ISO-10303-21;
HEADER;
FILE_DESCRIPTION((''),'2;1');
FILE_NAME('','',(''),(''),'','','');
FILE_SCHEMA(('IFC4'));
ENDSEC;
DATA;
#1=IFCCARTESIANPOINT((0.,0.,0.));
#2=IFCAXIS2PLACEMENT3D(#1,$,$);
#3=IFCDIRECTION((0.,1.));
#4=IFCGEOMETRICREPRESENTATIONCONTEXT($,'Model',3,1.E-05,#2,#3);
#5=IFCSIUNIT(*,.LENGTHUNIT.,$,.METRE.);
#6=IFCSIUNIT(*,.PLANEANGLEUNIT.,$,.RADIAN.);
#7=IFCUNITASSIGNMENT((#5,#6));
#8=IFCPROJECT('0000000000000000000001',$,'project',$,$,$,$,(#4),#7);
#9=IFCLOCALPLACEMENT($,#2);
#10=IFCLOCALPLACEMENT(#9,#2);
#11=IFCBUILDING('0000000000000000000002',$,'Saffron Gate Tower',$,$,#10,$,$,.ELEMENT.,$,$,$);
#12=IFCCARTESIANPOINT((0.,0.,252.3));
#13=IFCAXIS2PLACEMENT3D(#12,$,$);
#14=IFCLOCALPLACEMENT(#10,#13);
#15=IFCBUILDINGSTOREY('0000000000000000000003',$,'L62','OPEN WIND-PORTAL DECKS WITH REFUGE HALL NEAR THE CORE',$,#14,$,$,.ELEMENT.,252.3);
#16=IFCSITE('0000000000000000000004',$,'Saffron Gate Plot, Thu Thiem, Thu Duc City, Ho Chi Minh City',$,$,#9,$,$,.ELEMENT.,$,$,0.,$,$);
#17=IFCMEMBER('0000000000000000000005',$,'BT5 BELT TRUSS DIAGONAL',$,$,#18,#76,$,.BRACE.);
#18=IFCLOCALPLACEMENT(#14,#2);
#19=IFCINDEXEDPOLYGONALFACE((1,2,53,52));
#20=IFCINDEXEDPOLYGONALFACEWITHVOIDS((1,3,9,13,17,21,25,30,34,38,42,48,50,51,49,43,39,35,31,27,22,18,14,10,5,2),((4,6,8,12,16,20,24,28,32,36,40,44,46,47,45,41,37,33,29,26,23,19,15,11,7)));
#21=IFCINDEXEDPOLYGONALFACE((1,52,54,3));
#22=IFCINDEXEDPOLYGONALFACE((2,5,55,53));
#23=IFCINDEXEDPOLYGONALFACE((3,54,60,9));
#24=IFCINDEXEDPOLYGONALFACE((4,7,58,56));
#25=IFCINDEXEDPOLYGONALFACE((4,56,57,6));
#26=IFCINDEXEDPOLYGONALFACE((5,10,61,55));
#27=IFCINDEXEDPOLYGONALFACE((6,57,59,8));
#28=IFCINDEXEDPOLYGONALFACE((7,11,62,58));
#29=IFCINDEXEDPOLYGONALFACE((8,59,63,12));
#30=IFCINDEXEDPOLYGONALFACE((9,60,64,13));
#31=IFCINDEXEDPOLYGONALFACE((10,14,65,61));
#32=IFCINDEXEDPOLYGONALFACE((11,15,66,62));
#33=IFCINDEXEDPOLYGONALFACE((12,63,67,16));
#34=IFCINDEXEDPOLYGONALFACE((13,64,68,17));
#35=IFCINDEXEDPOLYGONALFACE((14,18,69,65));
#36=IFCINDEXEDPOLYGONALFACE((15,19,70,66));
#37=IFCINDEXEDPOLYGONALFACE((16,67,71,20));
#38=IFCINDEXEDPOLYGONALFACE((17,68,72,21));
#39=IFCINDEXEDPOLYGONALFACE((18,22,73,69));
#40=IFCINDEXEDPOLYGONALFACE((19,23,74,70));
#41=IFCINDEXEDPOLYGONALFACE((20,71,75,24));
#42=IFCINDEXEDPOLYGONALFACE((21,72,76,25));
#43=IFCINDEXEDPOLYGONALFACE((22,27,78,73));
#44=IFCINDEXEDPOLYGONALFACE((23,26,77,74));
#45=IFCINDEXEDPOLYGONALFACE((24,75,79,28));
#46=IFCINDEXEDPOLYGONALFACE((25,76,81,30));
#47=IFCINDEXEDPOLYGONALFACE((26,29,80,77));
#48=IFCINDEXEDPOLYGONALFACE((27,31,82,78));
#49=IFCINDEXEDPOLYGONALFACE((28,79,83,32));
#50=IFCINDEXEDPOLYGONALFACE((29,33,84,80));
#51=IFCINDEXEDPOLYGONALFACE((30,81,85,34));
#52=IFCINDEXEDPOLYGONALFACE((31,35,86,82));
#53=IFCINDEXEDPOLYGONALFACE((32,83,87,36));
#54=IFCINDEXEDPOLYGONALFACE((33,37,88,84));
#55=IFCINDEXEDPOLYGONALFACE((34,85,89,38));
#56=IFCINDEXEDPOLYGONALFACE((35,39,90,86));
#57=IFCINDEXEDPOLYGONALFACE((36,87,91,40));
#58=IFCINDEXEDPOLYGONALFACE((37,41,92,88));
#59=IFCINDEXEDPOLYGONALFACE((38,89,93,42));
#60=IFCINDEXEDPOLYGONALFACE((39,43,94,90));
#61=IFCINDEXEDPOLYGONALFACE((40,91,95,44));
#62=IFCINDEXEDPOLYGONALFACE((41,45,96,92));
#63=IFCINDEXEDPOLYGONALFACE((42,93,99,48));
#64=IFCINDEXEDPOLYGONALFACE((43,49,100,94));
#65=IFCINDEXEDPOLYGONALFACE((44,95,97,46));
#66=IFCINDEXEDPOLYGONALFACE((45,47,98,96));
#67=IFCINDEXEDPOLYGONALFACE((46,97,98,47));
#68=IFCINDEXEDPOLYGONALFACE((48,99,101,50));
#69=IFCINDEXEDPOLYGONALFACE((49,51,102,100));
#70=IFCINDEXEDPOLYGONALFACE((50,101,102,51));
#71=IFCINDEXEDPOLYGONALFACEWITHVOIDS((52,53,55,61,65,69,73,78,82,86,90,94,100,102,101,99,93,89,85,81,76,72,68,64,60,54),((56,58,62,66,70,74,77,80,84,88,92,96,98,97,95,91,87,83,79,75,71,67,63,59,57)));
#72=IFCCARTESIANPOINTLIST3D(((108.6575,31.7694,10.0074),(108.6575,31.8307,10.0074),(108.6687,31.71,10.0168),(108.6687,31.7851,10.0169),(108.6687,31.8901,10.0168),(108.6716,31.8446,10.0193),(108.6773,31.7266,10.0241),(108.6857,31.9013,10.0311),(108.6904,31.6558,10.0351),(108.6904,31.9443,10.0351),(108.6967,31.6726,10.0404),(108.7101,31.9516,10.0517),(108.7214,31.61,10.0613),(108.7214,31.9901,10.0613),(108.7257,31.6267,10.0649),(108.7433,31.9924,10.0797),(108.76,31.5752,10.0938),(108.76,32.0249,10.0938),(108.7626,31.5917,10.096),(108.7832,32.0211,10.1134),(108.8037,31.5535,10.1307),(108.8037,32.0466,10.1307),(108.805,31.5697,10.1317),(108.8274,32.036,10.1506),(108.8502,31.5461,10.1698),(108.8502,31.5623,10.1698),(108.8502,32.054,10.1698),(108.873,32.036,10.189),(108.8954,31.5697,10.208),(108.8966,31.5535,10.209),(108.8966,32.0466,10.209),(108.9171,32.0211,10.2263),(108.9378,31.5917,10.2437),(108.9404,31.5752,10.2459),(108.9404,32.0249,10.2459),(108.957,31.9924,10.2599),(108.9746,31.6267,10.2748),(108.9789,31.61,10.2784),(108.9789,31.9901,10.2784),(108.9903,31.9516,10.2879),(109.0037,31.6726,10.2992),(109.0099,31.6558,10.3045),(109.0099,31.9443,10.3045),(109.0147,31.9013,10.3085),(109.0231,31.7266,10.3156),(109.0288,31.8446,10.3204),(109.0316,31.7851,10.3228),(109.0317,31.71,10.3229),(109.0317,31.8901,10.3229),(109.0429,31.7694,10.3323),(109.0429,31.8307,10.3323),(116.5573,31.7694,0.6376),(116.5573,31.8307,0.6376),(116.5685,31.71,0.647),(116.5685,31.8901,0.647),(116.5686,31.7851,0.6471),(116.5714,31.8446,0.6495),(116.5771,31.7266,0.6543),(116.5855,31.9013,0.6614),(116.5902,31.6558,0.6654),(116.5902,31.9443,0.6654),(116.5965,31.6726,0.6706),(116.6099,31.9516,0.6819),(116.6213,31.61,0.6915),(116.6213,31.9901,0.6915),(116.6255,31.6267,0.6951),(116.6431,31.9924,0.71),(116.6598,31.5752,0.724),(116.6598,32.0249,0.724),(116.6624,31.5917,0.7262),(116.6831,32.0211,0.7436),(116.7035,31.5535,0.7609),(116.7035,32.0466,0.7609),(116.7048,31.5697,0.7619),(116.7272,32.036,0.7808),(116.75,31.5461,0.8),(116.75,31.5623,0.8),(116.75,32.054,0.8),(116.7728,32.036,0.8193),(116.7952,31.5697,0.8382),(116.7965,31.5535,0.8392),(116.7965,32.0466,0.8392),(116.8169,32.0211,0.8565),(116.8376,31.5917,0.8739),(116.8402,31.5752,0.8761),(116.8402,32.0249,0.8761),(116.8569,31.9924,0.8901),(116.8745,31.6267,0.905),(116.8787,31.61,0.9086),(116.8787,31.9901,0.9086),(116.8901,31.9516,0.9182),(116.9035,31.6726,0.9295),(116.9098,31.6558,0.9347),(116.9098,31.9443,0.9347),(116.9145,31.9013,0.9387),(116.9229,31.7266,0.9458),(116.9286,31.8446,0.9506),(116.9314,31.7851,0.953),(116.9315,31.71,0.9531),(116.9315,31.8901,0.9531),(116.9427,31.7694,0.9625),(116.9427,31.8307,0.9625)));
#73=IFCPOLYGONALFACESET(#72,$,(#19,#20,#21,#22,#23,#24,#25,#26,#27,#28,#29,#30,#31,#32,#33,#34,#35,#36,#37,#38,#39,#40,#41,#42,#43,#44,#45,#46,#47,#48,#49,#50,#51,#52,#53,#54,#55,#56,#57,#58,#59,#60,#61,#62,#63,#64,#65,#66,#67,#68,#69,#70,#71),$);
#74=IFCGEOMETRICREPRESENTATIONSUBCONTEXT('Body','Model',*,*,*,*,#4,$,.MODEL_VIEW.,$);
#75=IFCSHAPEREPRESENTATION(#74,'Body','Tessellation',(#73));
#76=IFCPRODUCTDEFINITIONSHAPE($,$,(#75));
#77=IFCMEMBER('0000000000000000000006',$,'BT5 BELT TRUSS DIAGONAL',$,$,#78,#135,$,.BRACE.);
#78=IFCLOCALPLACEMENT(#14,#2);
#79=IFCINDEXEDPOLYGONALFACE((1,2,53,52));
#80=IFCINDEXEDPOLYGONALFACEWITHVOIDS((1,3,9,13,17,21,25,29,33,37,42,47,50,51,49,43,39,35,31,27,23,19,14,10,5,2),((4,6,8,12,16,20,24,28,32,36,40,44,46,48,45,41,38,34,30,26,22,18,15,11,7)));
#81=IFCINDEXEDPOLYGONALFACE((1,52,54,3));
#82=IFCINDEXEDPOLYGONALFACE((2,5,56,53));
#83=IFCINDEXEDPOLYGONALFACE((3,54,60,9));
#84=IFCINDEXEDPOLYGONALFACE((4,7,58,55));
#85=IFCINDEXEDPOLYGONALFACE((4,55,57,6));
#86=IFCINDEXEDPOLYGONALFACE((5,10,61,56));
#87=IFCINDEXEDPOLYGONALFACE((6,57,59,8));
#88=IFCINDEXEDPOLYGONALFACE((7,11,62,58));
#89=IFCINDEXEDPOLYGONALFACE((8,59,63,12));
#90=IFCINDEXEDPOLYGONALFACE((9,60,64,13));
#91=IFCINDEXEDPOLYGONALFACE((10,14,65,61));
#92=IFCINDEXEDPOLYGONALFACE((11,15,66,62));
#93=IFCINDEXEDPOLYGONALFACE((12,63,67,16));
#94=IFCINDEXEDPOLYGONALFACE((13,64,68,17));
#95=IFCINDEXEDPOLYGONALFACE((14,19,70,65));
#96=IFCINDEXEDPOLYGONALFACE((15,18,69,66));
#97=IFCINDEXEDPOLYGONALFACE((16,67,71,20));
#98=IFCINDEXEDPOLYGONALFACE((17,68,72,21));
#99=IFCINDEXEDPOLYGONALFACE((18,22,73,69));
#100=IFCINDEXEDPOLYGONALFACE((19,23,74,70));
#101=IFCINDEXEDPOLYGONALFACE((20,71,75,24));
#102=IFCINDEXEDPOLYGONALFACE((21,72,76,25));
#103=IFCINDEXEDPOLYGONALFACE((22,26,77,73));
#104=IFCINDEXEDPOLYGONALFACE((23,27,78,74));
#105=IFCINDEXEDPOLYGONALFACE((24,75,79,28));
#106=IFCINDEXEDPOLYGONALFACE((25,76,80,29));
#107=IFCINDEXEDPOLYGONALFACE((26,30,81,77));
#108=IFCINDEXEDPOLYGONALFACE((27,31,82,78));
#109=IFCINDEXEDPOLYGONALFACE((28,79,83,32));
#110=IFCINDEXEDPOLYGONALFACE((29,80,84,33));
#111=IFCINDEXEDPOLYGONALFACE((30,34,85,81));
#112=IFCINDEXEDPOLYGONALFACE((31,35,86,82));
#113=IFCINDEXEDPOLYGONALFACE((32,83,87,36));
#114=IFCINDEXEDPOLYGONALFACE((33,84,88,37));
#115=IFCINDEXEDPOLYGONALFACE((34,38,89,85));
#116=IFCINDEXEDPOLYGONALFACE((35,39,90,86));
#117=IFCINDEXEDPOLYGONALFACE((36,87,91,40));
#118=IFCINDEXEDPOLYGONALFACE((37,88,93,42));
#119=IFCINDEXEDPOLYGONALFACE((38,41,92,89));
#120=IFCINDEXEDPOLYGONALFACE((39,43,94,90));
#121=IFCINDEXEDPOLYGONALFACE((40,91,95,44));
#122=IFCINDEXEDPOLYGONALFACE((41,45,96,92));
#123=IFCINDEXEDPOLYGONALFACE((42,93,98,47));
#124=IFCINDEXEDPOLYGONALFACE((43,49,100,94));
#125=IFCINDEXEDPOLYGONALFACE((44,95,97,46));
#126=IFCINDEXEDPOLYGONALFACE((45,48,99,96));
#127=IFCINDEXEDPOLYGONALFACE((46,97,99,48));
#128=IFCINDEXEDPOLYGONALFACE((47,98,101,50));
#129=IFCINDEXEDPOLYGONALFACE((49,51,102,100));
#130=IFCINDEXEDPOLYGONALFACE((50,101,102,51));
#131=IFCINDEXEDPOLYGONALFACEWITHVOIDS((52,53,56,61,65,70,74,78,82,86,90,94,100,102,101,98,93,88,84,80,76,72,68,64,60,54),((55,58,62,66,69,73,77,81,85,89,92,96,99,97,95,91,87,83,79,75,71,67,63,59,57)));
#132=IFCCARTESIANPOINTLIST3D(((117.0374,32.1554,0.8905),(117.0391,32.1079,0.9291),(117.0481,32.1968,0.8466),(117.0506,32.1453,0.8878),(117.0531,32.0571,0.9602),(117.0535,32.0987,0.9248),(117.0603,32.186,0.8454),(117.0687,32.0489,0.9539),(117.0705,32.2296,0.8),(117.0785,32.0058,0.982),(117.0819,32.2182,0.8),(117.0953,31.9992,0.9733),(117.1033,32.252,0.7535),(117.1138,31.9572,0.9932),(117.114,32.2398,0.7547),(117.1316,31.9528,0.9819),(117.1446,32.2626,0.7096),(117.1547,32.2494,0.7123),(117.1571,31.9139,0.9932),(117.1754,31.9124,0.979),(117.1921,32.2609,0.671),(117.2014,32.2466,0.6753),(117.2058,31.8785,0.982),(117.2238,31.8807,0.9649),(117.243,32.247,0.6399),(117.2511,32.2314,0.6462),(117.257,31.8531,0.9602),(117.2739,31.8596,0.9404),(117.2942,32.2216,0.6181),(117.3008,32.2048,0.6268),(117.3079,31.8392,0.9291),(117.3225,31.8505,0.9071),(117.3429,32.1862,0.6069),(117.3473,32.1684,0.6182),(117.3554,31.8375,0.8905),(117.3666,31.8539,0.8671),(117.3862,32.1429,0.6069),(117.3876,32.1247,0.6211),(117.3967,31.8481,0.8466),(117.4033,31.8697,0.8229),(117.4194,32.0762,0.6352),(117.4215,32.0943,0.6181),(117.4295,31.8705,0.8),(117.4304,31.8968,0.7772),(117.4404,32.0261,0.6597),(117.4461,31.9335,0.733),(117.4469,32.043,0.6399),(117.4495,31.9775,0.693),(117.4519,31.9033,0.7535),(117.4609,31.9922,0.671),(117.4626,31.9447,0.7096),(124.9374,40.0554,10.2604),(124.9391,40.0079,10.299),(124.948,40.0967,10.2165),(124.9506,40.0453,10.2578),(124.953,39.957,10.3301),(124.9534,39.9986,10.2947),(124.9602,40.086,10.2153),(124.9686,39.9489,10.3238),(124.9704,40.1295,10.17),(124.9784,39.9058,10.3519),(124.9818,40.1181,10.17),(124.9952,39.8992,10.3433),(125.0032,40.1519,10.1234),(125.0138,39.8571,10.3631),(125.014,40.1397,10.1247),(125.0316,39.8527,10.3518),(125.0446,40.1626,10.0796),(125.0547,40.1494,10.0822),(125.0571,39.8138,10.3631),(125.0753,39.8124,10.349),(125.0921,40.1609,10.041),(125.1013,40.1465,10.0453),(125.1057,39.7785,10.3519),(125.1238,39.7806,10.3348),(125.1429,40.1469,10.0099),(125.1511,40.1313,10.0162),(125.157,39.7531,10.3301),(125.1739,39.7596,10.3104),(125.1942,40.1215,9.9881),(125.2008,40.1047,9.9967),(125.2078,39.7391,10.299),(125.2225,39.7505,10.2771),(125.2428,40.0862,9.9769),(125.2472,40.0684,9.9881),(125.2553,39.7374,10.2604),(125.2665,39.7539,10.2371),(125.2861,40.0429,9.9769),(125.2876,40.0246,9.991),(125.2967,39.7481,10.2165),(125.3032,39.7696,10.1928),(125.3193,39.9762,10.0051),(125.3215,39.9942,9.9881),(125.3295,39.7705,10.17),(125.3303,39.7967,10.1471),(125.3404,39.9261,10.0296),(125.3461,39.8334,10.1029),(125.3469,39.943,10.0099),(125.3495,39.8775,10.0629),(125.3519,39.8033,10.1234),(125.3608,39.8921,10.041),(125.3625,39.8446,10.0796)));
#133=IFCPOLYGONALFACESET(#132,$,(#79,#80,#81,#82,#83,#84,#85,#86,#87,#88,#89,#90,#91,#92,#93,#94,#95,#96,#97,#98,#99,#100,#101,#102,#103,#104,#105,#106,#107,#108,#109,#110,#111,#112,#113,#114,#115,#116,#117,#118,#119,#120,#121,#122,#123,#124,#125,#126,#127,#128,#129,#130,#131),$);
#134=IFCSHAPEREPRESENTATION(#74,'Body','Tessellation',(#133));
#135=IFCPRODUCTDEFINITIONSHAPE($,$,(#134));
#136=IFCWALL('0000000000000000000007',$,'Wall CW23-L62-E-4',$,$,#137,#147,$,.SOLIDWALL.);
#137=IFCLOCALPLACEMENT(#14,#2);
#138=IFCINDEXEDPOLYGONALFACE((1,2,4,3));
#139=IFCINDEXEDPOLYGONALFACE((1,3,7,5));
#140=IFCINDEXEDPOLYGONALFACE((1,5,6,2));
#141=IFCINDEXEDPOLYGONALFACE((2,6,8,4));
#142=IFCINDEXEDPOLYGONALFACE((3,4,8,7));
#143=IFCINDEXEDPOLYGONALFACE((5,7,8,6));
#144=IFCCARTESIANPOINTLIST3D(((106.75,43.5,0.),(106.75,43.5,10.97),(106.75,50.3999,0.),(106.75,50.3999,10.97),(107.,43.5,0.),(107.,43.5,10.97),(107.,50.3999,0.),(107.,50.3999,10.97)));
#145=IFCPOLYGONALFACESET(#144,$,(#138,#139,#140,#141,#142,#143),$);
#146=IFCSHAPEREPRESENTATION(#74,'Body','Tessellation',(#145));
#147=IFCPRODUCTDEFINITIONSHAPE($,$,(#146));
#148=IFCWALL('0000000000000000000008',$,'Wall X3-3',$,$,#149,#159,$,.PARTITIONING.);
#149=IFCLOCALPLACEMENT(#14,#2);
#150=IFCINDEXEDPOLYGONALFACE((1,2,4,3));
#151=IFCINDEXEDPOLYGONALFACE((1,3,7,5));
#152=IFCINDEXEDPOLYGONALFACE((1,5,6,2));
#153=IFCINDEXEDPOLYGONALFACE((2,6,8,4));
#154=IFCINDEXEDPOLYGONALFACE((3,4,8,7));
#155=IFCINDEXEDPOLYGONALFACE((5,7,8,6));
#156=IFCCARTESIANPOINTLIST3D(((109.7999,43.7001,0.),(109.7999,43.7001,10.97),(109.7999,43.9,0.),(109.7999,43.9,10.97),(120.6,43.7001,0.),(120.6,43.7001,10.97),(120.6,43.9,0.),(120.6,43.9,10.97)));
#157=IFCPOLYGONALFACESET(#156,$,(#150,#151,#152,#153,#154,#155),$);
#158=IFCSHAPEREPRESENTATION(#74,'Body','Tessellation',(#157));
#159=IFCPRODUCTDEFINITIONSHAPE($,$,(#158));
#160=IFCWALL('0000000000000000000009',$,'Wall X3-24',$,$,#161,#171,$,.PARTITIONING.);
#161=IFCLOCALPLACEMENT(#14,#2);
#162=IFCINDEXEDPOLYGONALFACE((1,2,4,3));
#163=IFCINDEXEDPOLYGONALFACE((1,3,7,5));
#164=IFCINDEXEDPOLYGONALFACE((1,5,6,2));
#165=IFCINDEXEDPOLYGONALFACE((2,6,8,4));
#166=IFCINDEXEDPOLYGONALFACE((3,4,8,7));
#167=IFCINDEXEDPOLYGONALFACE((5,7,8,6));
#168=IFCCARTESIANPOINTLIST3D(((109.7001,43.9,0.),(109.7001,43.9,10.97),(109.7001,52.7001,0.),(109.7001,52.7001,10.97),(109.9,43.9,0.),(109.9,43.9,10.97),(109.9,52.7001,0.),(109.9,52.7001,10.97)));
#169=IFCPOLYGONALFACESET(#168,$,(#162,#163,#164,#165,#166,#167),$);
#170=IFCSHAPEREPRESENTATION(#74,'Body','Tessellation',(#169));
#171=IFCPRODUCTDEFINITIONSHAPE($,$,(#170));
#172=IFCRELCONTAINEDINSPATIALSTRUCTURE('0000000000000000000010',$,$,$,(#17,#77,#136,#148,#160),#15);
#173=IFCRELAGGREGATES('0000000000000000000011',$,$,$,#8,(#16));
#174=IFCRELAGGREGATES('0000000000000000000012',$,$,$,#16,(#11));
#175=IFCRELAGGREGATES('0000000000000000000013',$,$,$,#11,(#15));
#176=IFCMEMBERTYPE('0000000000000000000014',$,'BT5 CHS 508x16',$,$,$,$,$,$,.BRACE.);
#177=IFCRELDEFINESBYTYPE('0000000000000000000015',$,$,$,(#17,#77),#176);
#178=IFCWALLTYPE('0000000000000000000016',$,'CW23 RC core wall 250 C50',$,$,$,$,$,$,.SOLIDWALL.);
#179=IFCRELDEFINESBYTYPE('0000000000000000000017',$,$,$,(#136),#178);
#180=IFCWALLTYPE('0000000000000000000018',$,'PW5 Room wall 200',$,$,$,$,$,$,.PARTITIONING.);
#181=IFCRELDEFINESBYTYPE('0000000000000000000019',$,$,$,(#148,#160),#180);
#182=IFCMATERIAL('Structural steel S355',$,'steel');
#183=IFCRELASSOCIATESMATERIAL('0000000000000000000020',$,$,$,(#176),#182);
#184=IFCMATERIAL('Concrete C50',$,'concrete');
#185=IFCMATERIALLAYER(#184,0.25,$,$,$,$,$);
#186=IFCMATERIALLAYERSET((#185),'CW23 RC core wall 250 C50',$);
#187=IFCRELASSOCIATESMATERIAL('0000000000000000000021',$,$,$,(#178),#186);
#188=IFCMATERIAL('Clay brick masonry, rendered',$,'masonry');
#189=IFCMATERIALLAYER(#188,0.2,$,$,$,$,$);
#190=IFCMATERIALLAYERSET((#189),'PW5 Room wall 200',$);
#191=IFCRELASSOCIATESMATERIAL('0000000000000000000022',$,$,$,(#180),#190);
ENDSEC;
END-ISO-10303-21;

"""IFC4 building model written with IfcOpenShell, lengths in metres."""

from ifc_helpers import new_model, si_unit, direction, frame, frame_2d, origin, origin_2d, place, context, subcontext, project, spatial, rectangle, hollow_circle, extrude, material, layer, layer_set, material_profile, profile_set, type_object, element, save


model = new_model("IFC4")

# Units and contexts
model_context = context("Model", 3, precision=1e-05, world=origin(), true_north=direction((0.0, 1.0)))
body_context = subcontext(model_context, "Body", "Model", "MODEL_VIEW")
ifc_project = project(units=[si_unit("LENGTHUNIT", "METRE"), si_unit("PLANEANGLEUNIT", "RADIAN")], contexts=[model_context])

# Site, building, storey
site_placement = place(None, origin())
site = spatial("IfcSite", under=ifc_project, at=site_placement, Name="Saffron Gate Plot, Thu Thiem, Thu Duc City, Ho Chi Minh City", CompositionType="ELEMENT", RefElevation=0.0)
building_placement = place(site_placement, origin())
building = spatial("IfcBuilding", under=site, at=building_placement, Name="Saffron Gate Tower", CompositionType="ELEMENT")
storey_placement = place(building_placement, frame((0.0, 0.0, 252.3)))
storey = spatial("IfcBuildingStorey", under=building, at=storey_placement, Name="L62", Description="OPEN WIND-PORTAL DECKS WITH REFUGE HALL NEAR THE CORE", CompositionType="ELEMENT", Elevation=252.3)

# Shared definitions
ifc_material_1 = material(Name="Structural steel S355", Category="steel")

# Members
ifc_material_profile_1 = material_profile(ifc_material_1, hollow_circle(Radius=0.2539, WallThickness=0.0161, at=origin_2d()))
ifc_profile_set_1 = profile_set([ifc_material_profile_1], Name="Structural steel S355")
member_type_1 = type_object("IfcMemberType", Name="BT5 CHS 508x16", PredefinedType="BRACE", material=ifc_profile_set_1)
member_1_placement = place(storey_placement, frame((116.75, 31.8, 0.8), z_axis=(-0.644588, 0.0, 0.76453), x_axis=(0.0, -1.0, 0.0)))
element("IfcMember", 1, at=member_1_placement, inside=storey, type_object=member_type_1, Name="BT5 BELT TRUSS DIAGONAL", PredefinedType="BRACE", context=body_context, shape_type="SweptSolid", body=[
    extrude(hollow_circle(Radius=0.2539, WallThickness=0.0161, at=origin_2d()), origin(), (0.0, 0.0, 1.0), 12.2556),
])
member_2_placement = place(storey_placement, frame((117.25, 32.05, 0.8), z_axis=(0.541787, 0.541787, 0.6426), x_axis=(-0.707107, 0.707107, 0.0)))
element("IfcMember", 2, at=member_2_placement, inside=storey, type_object=member_type_1, Name="BT5 BELT TRUSS DIAGONAL", PredefinedType="BRACE", context=body_context, shape_type="SweptSolid", body=[
    extrude(hollow_circle(Radius=0.2539, WallThickness=0.0161, at=origin_2d()), origin(), (0.0, 0.0, 1.0), 14.5813),
])

# Walls
ifc_material_2 = material(Name="Concrete C50", Category="concrete")
ifc_layer_1 = layer(ifc_material_2, 0.25)
ifc_layer_set_1 = layer_set([ifc_layer_1], Name="CW23 RC core wall 250 C50")
wall_type_1 = type_object("IfcWallType", Name="CW23 RC core wall 250 C50", PredefinedType="SOLIDWALL", material=ifc_layer_set_1)
wall_1_placement = place(storey_placement, frame((106.875, 43.5, 0.0), z_axis=(0.0, 0.0, 1.0), x_axis=(0.0, 1.0, 0.0)))
element("IfcWall", 3, at=wall_1_placement, inside=storey, type_object=wall_type_1, Name="Wall CW23-L62-E-4", PredefinedType="SOLIDWALL", context=body_context, shape_type="SweptSolid", body=[
    extrude(rectangle(XDim=6.8999, YDim=0.25, at=frame_2d((3.45, 0.0))), origin(), (0.0, 0.0, 1.0), 10.97),
])
ifc_material_3 = material(Name="Clay brick masonry, rendered", Category="masonry")
ifc_layer_2 = layer(ifc_material_3, 0.2)
ifc_layer_set_2 = layer_set([ifc_layer_2], Name="PW5 Room wall 200")
wall_type_2 = type_object("IfcWallType", Name="PW5 Room wall 200", PredefinedType="PARTITIONING", material=ifc_layer_set_2)
wall_2_placement = place(storey_placement, frame((109.8, 43.8, 0.0), z_axis=(0.0, 0.0, 1.0), x_axis=(1.0, 0.0, 0.0)))
element("IfcWall", 4, at=wall_2_placement, inside=storey, type_object=wall_type_2, Name="Wall X3-3", PredefinedType="PARTITIONING", context=body_context, shape_type="SweptSolid", body=[
    extrude(rectangle(XDim=10.8, YDim=0.2, at=frame_2d((5.3999, 0.0))), origin(), (0.0, 0.0, 1.0), 10.97),
])
wall_3_placement = place(storey_placement, frame((109.8, 52.7, 0.0), z_axis=(0.0, 0.0, 1.0), x_axis=(0.0, -1.0, 0.0)))
element("IfcWall", 5, at=wall_3_placement, inside=storey, type_object=wall_type_2, Name="Wall X3-24", PredefinedType="PARTITIONING", context=body_context, shape_type="SweptSolid", body=[
    extrude(rectangle(XDim=8.8, YDim=0.2, at=frame_2d((4.3999, 0.0))), origin(), (0.0, 0.0, 1.0), 10.97),
])

save(model, "model.ifc")
